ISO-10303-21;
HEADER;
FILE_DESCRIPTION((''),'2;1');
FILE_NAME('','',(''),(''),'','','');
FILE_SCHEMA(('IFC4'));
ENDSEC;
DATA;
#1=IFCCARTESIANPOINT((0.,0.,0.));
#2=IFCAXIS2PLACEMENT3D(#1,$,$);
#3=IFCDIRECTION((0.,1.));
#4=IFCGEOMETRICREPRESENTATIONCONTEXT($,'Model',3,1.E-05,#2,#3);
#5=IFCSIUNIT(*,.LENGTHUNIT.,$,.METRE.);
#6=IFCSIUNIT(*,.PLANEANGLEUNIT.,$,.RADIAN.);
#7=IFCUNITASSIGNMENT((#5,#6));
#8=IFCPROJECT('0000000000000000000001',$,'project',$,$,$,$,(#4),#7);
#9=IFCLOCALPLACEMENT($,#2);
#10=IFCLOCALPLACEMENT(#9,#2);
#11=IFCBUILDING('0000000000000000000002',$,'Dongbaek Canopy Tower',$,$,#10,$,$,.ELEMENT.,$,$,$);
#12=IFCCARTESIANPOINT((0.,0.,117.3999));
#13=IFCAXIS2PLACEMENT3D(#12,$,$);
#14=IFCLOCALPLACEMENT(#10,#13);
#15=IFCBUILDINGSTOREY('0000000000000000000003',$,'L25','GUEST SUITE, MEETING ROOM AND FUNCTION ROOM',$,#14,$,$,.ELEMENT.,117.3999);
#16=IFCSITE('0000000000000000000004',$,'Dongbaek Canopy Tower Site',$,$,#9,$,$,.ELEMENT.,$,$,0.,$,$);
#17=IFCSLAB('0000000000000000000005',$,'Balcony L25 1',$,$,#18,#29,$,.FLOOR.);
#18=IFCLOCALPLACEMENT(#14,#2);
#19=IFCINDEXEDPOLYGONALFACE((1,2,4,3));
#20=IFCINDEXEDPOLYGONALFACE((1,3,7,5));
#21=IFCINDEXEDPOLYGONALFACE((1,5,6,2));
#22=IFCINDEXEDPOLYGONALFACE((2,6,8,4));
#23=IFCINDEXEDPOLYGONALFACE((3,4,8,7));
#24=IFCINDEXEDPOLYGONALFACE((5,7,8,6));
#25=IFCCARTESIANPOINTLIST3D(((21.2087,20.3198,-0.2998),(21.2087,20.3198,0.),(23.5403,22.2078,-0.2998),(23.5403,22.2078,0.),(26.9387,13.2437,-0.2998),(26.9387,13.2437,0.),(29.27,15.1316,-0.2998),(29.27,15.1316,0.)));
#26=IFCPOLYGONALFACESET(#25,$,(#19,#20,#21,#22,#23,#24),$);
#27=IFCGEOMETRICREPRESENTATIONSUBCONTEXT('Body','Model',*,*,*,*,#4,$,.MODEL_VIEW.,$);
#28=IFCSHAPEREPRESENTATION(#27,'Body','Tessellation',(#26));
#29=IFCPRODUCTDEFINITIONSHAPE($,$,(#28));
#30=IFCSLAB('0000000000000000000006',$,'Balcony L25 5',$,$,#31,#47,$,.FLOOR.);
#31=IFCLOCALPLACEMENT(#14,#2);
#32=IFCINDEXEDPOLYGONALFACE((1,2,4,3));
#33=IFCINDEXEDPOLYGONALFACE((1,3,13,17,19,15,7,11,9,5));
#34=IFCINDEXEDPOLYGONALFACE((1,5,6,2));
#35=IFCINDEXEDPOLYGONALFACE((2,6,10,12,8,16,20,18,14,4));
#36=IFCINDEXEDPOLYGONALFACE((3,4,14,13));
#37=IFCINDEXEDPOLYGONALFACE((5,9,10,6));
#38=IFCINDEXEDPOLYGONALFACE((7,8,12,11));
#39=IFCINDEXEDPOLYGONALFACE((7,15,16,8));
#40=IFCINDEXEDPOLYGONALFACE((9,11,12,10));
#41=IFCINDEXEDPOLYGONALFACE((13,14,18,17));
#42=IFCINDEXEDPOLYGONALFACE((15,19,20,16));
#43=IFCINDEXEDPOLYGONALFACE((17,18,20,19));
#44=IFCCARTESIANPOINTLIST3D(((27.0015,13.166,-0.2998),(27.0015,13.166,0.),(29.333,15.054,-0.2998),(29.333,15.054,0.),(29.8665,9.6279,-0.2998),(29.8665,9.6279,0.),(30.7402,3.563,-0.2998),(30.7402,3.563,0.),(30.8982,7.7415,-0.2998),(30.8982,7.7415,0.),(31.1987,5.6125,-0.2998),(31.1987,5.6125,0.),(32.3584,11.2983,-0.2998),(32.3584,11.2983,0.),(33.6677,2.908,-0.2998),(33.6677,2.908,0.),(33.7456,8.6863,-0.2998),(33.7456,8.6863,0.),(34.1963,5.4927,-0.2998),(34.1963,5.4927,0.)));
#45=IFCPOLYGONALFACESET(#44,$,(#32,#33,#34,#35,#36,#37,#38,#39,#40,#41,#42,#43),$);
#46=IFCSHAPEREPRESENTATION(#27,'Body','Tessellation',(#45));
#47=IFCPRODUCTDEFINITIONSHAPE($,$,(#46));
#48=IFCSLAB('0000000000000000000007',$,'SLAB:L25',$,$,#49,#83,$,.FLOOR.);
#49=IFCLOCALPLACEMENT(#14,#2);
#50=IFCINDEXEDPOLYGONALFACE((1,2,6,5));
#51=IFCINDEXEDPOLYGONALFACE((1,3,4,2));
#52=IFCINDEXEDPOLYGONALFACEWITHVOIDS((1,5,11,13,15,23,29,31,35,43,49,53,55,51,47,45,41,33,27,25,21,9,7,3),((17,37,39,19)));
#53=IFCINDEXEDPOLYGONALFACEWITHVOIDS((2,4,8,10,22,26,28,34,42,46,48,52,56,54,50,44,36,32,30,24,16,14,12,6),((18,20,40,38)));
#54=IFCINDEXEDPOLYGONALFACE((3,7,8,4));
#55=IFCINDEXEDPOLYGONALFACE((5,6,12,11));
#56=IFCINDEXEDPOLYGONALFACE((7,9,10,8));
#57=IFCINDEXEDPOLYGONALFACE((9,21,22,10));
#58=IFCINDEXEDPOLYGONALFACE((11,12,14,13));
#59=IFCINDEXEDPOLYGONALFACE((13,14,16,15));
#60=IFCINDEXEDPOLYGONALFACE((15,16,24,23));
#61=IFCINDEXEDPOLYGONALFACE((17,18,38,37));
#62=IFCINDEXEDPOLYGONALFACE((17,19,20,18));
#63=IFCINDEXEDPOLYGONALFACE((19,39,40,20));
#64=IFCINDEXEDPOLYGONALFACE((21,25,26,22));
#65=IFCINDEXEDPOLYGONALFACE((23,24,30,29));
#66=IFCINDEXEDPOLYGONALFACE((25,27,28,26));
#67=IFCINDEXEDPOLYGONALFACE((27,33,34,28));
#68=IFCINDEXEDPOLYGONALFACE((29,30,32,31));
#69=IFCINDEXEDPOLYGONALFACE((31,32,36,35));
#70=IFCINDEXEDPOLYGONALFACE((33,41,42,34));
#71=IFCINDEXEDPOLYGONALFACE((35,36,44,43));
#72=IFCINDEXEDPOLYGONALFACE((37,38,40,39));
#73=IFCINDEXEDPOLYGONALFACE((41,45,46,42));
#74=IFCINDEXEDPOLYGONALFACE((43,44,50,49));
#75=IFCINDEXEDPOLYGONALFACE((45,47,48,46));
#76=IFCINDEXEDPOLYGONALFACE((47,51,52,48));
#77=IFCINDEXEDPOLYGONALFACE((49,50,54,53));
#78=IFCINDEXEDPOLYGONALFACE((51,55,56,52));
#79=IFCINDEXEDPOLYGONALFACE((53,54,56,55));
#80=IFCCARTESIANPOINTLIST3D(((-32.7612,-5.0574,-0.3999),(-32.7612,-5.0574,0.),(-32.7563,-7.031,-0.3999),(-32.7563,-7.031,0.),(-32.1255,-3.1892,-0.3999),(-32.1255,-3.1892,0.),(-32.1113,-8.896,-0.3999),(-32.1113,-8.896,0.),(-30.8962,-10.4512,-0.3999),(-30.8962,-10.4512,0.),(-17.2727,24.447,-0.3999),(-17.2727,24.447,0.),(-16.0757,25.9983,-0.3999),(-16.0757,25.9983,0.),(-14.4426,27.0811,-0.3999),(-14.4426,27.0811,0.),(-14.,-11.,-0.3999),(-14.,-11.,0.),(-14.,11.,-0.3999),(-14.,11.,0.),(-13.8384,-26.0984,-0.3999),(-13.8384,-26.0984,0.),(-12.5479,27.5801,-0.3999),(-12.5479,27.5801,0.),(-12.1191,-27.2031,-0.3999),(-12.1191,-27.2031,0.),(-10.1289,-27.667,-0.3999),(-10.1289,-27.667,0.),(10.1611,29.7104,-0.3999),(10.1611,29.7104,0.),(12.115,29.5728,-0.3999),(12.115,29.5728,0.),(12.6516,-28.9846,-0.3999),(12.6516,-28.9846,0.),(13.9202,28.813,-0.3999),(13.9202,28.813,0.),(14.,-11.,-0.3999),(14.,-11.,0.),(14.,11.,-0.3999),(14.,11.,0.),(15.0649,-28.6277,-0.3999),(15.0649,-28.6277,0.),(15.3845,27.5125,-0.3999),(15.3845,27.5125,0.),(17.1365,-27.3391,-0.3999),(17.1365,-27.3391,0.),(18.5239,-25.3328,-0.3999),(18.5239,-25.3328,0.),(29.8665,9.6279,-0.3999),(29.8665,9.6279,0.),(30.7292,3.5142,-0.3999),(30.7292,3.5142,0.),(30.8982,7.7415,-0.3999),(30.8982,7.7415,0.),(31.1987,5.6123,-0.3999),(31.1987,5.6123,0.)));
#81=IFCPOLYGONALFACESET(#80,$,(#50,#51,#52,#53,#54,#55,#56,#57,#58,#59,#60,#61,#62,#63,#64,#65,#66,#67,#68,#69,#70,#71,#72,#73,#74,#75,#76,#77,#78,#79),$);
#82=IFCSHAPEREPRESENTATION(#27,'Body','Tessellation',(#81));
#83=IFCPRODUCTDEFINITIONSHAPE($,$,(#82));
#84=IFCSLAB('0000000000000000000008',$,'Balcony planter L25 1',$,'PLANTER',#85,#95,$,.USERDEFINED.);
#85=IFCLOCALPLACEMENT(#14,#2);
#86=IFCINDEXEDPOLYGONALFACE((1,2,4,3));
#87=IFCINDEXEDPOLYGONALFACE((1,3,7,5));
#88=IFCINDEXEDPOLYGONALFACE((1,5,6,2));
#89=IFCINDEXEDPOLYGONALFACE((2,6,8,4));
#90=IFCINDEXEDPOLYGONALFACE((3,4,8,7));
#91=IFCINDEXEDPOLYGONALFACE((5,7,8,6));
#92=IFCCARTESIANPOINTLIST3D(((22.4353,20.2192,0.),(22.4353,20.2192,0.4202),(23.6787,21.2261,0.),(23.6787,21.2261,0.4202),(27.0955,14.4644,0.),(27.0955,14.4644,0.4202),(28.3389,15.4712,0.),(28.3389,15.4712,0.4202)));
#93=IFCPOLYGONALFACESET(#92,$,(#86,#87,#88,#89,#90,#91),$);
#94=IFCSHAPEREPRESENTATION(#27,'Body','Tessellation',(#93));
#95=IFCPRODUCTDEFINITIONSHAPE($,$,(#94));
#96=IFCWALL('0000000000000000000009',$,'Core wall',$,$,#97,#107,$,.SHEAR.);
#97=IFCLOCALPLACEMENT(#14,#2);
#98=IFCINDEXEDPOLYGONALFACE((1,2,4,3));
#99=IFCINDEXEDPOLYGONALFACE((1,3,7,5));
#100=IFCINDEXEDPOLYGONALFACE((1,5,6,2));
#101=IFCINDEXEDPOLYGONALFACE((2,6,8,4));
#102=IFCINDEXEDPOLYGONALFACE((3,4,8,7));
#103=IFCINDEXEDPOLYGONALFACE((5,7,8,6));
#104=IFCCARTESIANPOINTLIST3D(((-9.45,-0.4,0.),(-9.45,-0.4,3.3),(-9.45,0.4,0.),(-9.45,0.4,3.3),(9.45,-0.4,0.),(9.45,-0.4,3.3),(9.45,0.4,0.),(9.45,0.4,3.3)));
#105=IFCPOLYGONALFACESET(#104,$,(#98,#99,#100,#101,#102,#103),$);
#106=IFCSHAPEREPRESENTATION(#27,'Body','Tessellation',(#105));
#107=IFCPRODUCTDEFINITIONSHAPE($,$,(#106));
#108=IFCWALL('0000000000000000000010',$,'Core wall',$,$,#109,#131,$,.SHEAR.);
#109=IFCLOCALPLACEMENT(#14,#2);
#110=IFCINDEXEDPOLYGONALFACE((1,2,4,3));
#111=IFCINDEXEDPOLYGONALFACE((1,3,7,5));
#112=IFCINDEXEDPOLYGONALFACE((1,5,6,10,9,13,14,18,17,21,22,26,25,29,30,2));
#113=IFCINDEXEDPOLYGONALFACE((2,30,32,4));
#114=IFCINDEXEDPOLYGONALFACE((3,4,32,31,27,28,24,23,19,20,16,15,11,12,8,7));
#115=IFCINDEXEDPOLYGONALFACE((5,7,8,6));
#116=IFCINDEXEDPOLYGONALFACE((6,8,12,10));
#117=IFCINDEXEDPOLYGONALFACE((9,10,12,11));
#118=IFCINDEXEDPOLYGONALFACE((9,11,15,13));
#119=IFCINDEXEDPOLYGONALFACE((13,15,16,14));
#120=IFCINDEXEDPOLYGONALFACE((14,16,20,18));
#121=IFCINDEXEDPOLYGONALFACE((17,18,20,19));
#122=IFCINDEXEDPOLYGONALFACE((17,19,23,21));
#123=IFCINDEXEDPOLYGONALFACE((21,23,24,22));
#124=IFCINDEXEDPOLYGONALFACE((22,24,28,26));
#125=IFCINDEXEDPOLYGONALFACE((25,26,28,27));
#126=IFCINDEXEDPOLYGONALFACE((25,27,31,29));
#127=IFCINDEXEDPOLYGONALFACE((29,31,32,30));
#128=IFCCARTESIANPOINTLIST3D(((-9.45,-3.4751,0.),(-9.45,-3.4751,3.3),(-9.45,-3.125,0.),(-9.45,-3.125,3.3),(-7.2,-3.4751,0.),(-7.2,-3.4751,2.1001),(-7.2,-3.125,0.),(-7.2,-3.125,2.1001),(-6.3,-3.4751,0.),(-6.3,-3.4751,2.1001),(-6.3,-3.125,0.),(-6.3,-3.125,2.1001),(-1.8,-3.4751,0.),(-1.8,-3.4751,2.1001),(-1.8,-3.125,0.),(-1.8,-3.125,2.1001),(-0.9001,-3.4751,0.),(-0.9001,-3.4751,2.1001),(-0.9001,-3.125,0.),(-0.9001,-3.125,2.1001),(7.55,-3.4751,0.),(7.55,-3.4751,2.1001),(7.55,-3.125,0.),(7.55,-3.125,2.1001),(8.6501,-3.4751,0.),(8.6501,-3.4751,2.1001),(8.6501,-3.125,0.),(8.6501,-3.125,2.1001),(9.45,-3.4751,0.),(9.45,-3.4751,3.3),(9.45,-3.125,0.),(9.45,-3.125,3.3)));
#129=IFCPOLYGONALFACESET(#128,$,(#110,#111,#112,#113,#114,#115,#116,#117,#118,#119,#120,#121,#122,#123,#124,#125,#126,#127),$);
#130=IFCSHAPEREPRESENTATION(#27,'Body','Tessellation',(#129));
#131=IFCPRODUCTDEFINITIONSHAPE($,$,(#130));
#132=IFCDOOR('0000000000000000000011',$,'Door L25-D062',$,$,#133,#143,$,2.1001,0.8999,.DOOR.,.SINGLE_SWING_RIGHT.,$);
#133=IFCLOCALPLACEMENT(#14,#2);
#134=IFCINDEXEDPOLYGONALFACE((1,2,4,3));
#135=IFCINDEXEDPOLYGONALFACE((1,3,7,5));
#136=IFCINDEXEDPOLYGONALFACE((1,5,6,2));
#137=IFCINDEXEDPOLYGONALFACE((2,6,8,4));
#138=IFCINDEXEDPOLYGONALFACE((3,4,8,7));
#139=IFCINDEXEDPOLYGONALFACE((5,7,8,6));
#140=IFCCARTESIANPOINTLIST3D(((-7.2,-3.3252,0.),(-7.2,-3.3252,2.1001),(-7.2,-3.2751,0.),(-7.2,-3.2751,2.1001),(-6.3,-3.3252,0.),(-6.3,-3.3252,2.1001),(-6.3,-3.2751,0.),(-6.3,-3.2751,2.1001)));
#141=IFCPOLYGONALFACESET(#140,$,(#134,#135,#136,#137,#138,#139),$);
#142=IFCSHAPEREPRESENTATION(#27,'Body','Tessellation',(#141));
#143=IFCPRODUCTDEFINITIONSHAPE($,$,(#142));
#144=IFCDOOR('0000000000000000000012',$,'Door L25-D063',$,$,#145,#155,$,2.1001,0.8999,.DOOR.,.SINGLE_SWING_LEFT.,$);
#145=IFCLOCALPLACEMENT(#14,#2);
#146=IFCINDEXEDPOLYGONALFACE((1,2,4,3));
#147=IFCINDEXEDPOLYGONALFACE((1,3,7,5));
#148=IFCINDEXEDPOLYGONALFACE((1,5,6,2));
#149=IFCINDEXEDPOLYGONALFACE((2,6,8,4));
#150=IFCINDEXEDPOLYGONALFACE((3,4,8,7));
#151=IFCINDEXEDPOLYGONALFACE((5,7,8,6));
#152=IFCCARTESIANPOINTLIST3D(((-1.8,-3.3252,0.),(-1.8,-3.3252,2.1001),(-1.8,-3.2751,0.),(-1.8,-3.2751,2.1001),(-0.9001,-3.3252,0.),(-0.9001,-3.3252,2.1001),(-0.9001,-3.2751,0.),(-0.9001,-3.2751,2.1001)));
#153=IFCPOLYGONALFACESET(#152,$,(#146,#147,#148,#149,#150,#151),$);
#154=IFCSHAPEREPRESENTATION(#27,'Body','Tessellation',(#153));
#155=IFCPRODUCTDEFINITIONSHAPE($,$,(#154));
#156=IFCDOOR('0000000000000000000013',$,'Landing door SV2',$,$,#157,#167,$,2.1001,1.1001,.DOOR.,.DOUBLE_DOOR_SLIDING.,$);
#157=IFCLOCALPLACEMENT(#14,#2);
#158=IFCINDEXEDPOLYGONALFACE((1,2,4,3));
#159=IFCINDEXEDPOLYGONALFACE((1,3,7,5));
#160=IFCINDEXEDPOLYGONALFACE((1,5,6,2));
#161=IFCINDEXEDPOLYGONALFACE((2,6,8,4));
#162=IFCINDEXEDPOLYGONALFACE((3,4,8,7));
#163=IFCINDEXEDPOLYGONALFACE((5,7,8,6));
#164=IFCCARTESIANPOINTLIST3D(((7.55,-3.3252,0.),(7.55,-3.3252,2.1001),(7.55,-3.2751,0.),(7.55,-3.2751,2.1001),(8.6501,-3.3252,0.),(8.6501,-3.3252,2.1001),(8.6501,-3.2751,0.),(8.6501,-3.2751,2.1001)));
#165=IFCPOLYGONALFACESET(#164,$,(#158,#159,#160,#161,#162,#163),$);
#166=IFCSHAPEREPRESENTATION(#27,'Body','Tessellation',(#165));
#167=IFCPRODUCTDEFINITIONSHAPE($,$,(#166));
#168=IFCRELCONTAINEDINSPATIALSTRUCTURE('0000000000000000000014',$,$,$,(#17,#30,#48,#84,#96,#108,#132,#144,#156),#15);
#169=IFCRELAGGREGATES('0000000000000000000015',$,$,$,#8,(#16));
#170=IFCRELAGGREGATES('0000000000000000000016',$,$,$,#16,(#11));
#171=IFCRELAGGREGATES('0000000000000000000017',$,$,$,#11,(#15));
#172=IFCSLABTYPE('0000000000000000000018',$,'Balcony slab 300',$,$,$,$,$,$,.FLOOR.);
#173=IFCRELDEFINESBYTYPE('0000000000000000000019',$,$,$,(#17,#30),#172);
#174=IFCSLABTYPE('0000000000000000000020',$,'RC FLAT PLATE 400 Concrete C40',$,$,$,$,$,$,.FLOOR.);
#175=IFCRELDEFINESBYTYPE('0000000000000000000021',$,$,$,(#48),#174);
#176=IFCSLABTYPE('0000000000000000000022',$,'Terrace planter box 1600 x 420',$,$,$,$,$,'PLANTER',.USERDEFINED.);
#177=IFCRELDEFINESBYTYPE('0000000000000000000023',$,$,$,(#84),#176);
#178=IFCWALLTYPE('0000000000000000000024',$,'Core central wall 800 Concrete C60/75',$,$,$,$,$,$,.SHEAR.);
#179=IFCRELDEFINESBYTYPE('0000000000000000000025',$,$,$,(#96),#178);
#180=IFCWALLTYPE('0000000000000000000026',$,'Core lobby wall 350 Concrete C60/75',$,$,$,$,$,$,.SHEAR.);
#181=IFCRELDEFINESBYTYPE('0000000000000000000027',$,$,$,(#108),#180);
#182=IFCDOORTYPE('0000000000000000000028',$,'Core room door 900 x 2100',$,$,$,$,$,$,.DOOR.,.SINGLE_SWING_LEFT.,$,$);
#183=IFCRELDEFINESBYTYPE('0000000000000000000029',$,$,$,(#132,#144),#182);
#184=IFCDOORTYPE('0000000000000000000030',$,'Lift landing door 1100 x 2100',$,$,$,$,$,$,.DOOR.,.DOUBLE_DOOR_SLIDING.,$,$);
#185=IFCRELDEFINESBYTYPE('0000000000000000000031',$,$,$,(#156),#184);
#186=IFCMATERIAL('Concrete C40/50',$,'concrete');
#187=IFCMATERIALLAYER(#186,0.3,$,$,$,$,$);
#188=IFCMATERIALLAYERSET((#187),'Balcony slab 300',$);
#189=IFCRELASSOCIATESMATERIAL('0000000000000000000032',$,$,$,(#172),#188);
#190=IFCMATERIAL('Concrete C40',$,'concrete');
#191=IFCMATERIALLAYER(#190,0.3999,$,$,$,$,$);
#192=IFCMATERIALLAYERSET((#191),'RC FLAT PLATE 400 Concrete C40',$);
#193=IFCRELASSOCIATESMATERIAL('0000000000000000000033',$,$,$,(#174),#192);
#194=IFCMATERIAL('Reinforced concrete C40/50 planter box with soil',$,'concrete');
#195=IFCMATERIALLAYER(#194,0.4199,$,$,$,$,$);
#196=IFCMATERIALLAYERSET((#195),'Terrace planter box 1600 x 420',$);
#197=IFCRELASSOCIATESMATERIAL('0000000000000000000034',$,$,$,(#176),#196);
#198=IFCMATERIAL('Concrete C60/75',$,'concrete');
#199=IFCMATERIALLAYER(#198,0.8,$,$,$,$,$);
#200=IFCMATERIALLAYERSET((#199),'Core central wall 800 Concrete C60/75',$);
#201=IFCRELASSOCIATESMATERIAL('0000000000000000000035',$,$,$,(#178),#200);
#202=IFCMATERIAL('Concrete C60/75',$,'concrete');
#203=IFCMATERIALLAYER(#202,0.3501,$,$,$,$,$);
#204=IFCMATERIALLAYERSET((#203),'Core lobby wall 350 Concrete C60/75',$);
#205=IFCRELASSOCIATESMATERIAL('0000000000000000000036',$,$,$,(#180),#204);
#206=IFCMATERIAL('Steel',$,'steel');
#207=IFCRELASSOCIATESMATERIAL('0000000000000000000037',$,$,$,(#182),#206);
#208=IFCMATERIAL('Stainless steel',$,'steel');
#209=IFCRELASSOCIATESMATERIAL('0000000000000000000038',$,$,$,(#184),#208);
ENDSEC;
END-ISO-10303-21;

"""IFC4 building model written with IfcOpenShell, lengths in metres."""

from ifc_helpers import new_model, si_unit, direction, frame, frame_2d, origin, place, context, subcontext, project, spatial, polyline, rectangle, outline, extrude, material, layer, layer_set, type_object, element, fill, save


model = new_model("IFC4")

# Units and contexts
model_context = context("Model", 3, precision=1e-05, world=origin(), true_north=direction((0.0, 1.0)))
body_context = subcontext(model_context, "Body", "Model", "MODEL_VIEW")
ifc_project = project(units=[si_unit("LENGTHUNIT", "METRE"), si_unit("PLANEANGLEUNIT", "RADIAN")], contexts=[model_context])

# Site, building, storey
site_placement = place(None, origin())
site = spatial("IfcSite", under=ifc_project, at=site_placement, Name="Dongbaek Canopy Tower Site", CompositionType="ELEMENT", RefElevation=0.0)
building_placement = place(site_placement, origin())
building = spatial("IfcBuilding", under=site, at=building_placement, Name="Dongbaek Canopy Tower", CompositionType="ELEMENT")
storey_placement = place(building_placement, frame((0.0, 0.0, 117.3999)))
storey = spatial("IfcBuildingStorey", under=building, at=storey_placement, Name="L25", Description="GUEST SUITE, MEETING ROOM AND FUNCTION ROOM", CompositionType="ELEMENT", Elevation=117.3999)

# Slabs
ifc_material_1 = material(Name="Concrete C40/50", Category="concrete")
ifc_layer_1 = layer(ifc_material_1, 0.3)
ifc_layer_set_1 = layer_set([ifc_layer_1], Name="Balcony slab 300")
slab_type_1 = type_object("IfcSlabType", Name="Balcony slab 300", PredefinedType="FLOOR", material=ifc_layer_set_1)
slab_1_placement = place(storey_placement, frame((0.0, 0.0, -0.2998)))
element("IfcSlab", 1, at=slab_1_placement, inside=storey, type_object=slab_type_1, Name="Balcony L25 1", PredefinedType="FLOOR", context=body_context, shape_type="SweptSolid", body=[
    extrude(outline(polyline([(26.9387, 13.2437), (21.2087, 20.3198), (23.5403, 22.2078), (29.27, 15.1316), (26.9387, 13.2437)])), origin(), (0.0, 0.0, 1.0), 0.2998),
])
slab_2_placement = place(storey_placement, frame((0.0, 0.0, -0.2998)))
element("IfcSlab", 2, at=slab_2_placement, inside=storey, type_object=slab_type_1, Name="Balcony L25 5", PredefinedType="FLOOR", context=body_context, shape_type="SweptSolid", body=[
    extrude(outline(polyline([(30.7402, 3.563), (31.1987, 5.6125), (30.8982, 7.7415), (29.8665, 9.6279), (27.0015, 13.166), (29.333, 15.054), (32.3584, 11.2983), (33.7456, 8.6863), (34.1963, 5.4927), (33.6677, 2.908), (30.7402, 3.563)])), origin(), (0.0, 0.0, 1.0), 0.2998),
])
ifc_material_2 = material(Name="Concrete C40", Category="concrete")
ifc_layer_2 = layer(ifc_material_2, 0.3999)
ifc_layer_set_2 = layer_set([ifc_layer_2], Name="RC FLAT PLATE 400 Concrete C40")
slab_type_2 = type_object("IfcSlabType", Name="RC FLAT PLATE 400 Concrete C40", PredefinedType="FLOOR", material=ifc_layer_set_2)
slab_3_placement = place(storey_placement, frame((0.0, 0.0, -0.3999)))
element("IfcSlab", 3, at=slab_3_placement, inside=storey, type_object=slab_type_2, Name="SLAB:L25", PredefinedType="FLOOR", context=body_context, shape_type="SweptSolid", body=[
    extrude(outline(polyline([(18.5239, -25.3328), (17.1365, -27.3391), (15.0649, -28.6277), (12.6516, -28.9846), (-10.1289, -27.667), (-12.1191, -27.2031), (-13.8384, -26.0984), (-30.8962, -10.4512), (-32.1113, -8.896), (-32.7563, -7.031), (-32.7612, -5.0574), (-32.1255, -3.1892), (-17.2727, 24.447), (-16.0757, 25.9983), (-14.4426, 27.0811), (-12.5479, 27.5801), (10.1611, 29.7104), (12.115, 29.5728), (13.9202, 28.813), (15.3845, 27.5125), (29.8665, 9.6279), (30.8982, 7.7415), (31.1987, 5.6123), (30.7292, 3.5142), (18.5239, -25.3328)]), holes=[polyline([(14.0, 11.0), (-14.0, 11.0), (-14.0, -11.0), (14.0, -11.0), (14.0, 11.0)])]), origin(), (0.0, 0.0, 1.0), 0.3999),
])
ifc_material_3 = material(Name="Reinforced concrete C40/50 planter box with soil", Category="concrete")
ifc_layer_3 = layer(ifc_material_3, 0.4199)
ifc_layer_set_3 = layer_set([ifc_layer_3], Name="Terrace planter box 1600 x 420")
slab_type_3 = type_object("IfcSlabType", Name="Terrace planter box 1600 x 420", ElementType="PLANTER", PredefinedType="USERDEFINED", material=ifc_layer_set_3)
slab_4_placement = place(storey_placement, origin())
element("IfcSlab", 4, at=slab_4_placement, inside=storey, type_object=slab_type_3, Name="Balcony planter L25 1", ObjectType="PLANTER", PredefinedType="USERDEFINED", context=body_context, shape_type="SweptSolid", body=[
    extrude(outline(polyline([(27.0955, 14.4644), (22.4353, 20.2192), (23.6787, 21.2261), (28.3389, 15.4712), (27.0955, 14.4644)])), origin(), (0.0, 0.0, 1.0), 0.4202),
])

# Wall
ifc_material_4 = material(Name="Concrete C60/75", Category="concrete")
ifc_layer_4 = layer(ifc_material_4, 0.8)
ifc_layer_set_4 = layer_set([ifc_layer_4], Name="Core central wall 800 Concrete C60/75")
wall_type_1 = type_object("IfcWallType", Name="Core central wall 800 Concrete C60/75", PredefinedType="SHEAR", material=ifc_layer_set_4)
wall_1_placement = place(storey_placement, frame((-9.45, 0.0, 0.0), z_axis=(0.0, 0.0, 1.0), x_axis=(1.0, 0.0, 0.0)))
element("IfcWall", 5, at=wall_1_placement, inside=storey, type_object=wall_type_1, Name="Core wall", PredefinedType="SHEAR", context=body_context, shape_type="SweptSolid", body=[
    extrude(rectangle(XDim=18.8999, YDim=0.8, at=frame_2d((9.45, 0.0))), origin(), (0.0, 0.0, 1.0), 3.3),
])

# Wall, openings, doors
ifc_material_5 = material(Name="Concrete C60/75", Category="concrete")
ifc_layer_5 = layer(ifc_material_5, 0.3501)
ifc_layer_set_5 = layer_set([ifc_layer_5], Name="Core lobby wall 350 Concrete C60/75")
wall_type_2 = type_object("IfcWallType", Name="Core lobby wall 350 Concrete C60/75", PredefinedType="SHEAR", material=ifc_layer_set_5)
wall_2_placement = place(storey_placement, frame((-9.45, -3.3, 0.0), z_axis=(0.0, 0.0, 1.0), x_axis=(1.0, 0.0, 0.0)))
wall_2 = element("IfcWall", 6, at=wall_2_placement, inside=storey, type_object=wall_type_2, Name="Core wall", PredefinedType="SHEAR", context=body_context, shape_type="SweptSolid", body=[
    extrude(rectangle(XDim=18.8999, YDim=0.3501, at=frame_2d((9.45, 0.0))), origin(), (0.0, 0.0, 1.0), 3.3),
])
opening_1_placement = place(wall_2_placement, frame((17.0, 0.0, 0.0)))
opening_1 = element("IfcOpeningElement", 7, at=opening_1_placement, cuts=wall_2, PredefinedType="OPENING", context=body_context, shape_type="SweptSolid", body=[
    extrude(rectangle(XDim=1.1001, YDim=2.1001, at=frame_2d((0.55, 1.05))), frame((0.0, 0.1851, 0.0), z_axis=(0.0, -1.0, 0.0), x_axis=(1.0, 0.0, 0.0)), (0.0, 0.0, 1.0), 0.3701),
])
opening_2_placement = place(wall_2_placement, frame((2.25, 0.0, 0.0)))
opening_2 = element("IfcOpeningElement", 8, at=opening_2_placement, cuts=wall_2, PredefinedType="OPENING", context=body_context, shape_type="SweptSolid", body=[
    extrude(rectangle(XDim=0.8999, YDim=2.1001, at=frame_2d((0.45, 1.05))), frame((0.0, 0.1851, 0.0), z_axis=(0.0, -1.0, 0.0), x_axis=(1.0, 0.0, 0.0)), (0.0, 0.0, 1.0), 0.3701),
])
opening_3_placement = place(wall_2_placement, frame((7.6499, 0.0, 0.0)))
opening_3 = element("IfcOpeningElement", 9, at=opening_3_placement, cuts=wall_2, PredefinedType="OPENING", context=body_context, shape_type="SweptSolid", body=[
    extrude(rectangle(XDim=0.8999, YDim=2.1001, at=frame_2d((0.45, 1.05))), frame((0.0, 0.1851, 0.0), z_axis=(0.0, -1.0, 0.0), x_axis=(1.0, 0.0, 0.0)), (0.0, 0.0, 1.0), 0.3701),
])
ifc_material_6 = material(Name="Steel", Category="steel")
door_type_1 = type_object("IfcDoorType", Name="Core room door 900 x 2100", OperationType="SINGLE_SWING_LEFT", PredefinedType="DOOR", material=ifc_material_6)
door_1_placement = place(opening_2_placement, origin())
door_1 = element("IfcDoor", 10, at=door_1_placement, inside=storey, type_object=door_type_1, Name="Door L25-D062", OperationType="SINGLE_SWING_RIGHT", OverallHeight=2.1001, OverallWidth=0.8999, PredefinedType="DOOR", context=body_context, shape_type="SweptSolid", body=[
    extrude(rectangle(XDim=0.8999, YDim=2.1001, at=frame_2d((0.45, 1.05))), frame((0.0, 0.0249, 0.0), z_axis=(0.0, -1.0, 0.0), x_axis=(1.0, 0.0, 0.0)), (0.0, 0.0, 1.0), 0.05),
])
fill(opening_2, door_1)
door_2_placement = place(opening_3_placement, origin())
door_2 = element("IfcDoor", 11, at=door_2_placement, inside=storey, type_object=door_type_1, Name="Door L25-D063", OperationType="SINGLE_SWING_LEFT", OverallHeight=2.1001, OverallWidth=0.8999, PredefinedType="DOOR", context=body_context, shape_type="SweptSolid", body=[
    extrude(rectangle(XDim=0.8999, YDim=2.1001, at=frame_2d((0.45, 1.05))), frame((0.0, 0.0249, 0.0), z_axis=(0.0, -1.0, 0.0), x_axis=(1.0, 0.0, 0.0)), (0.0, 0.0, 1.0), 0.05),
])
fill(opening_3, door_2)
ifc_material_7 = material(Name="Stainless steel", Category="steel")
door_type_2 = type_object("IfcDoorType", Name="Lift landing door 1100 x 2100", OperationType="DOUBLE_DOOR_SLIDING", PredefinedType="DOOR", material=ifc_material_7)
door_3_placement = place(opening_1_placement, origin())
door_3 = element("IfcDoor", 12, at=door_3_placement, inside=storey, type_object=door_type_2, Name="Landing door SV2", OperationType="DOUBLE_DOOR_SLIDING", OverallHeight=2.1001, OverallWidth=1.1001, PredefinedType="DOOR", context=body_context, shape_type="SweptSolid", body=[
    extrude(rectangle(XDim=1.1001, YDim=2.1001, at=frame_2d((0.55, 1.05))), frame((0.0, 0.0249, 0.0), z_axis=(0.0, -1.0, 0.0), x_axis=(1.0, 0.0, 0.0)), (0.0, 0.0, 1.0), 0.05),
])
fill(opening_1, door_3)

save(model, "model.ifc")
